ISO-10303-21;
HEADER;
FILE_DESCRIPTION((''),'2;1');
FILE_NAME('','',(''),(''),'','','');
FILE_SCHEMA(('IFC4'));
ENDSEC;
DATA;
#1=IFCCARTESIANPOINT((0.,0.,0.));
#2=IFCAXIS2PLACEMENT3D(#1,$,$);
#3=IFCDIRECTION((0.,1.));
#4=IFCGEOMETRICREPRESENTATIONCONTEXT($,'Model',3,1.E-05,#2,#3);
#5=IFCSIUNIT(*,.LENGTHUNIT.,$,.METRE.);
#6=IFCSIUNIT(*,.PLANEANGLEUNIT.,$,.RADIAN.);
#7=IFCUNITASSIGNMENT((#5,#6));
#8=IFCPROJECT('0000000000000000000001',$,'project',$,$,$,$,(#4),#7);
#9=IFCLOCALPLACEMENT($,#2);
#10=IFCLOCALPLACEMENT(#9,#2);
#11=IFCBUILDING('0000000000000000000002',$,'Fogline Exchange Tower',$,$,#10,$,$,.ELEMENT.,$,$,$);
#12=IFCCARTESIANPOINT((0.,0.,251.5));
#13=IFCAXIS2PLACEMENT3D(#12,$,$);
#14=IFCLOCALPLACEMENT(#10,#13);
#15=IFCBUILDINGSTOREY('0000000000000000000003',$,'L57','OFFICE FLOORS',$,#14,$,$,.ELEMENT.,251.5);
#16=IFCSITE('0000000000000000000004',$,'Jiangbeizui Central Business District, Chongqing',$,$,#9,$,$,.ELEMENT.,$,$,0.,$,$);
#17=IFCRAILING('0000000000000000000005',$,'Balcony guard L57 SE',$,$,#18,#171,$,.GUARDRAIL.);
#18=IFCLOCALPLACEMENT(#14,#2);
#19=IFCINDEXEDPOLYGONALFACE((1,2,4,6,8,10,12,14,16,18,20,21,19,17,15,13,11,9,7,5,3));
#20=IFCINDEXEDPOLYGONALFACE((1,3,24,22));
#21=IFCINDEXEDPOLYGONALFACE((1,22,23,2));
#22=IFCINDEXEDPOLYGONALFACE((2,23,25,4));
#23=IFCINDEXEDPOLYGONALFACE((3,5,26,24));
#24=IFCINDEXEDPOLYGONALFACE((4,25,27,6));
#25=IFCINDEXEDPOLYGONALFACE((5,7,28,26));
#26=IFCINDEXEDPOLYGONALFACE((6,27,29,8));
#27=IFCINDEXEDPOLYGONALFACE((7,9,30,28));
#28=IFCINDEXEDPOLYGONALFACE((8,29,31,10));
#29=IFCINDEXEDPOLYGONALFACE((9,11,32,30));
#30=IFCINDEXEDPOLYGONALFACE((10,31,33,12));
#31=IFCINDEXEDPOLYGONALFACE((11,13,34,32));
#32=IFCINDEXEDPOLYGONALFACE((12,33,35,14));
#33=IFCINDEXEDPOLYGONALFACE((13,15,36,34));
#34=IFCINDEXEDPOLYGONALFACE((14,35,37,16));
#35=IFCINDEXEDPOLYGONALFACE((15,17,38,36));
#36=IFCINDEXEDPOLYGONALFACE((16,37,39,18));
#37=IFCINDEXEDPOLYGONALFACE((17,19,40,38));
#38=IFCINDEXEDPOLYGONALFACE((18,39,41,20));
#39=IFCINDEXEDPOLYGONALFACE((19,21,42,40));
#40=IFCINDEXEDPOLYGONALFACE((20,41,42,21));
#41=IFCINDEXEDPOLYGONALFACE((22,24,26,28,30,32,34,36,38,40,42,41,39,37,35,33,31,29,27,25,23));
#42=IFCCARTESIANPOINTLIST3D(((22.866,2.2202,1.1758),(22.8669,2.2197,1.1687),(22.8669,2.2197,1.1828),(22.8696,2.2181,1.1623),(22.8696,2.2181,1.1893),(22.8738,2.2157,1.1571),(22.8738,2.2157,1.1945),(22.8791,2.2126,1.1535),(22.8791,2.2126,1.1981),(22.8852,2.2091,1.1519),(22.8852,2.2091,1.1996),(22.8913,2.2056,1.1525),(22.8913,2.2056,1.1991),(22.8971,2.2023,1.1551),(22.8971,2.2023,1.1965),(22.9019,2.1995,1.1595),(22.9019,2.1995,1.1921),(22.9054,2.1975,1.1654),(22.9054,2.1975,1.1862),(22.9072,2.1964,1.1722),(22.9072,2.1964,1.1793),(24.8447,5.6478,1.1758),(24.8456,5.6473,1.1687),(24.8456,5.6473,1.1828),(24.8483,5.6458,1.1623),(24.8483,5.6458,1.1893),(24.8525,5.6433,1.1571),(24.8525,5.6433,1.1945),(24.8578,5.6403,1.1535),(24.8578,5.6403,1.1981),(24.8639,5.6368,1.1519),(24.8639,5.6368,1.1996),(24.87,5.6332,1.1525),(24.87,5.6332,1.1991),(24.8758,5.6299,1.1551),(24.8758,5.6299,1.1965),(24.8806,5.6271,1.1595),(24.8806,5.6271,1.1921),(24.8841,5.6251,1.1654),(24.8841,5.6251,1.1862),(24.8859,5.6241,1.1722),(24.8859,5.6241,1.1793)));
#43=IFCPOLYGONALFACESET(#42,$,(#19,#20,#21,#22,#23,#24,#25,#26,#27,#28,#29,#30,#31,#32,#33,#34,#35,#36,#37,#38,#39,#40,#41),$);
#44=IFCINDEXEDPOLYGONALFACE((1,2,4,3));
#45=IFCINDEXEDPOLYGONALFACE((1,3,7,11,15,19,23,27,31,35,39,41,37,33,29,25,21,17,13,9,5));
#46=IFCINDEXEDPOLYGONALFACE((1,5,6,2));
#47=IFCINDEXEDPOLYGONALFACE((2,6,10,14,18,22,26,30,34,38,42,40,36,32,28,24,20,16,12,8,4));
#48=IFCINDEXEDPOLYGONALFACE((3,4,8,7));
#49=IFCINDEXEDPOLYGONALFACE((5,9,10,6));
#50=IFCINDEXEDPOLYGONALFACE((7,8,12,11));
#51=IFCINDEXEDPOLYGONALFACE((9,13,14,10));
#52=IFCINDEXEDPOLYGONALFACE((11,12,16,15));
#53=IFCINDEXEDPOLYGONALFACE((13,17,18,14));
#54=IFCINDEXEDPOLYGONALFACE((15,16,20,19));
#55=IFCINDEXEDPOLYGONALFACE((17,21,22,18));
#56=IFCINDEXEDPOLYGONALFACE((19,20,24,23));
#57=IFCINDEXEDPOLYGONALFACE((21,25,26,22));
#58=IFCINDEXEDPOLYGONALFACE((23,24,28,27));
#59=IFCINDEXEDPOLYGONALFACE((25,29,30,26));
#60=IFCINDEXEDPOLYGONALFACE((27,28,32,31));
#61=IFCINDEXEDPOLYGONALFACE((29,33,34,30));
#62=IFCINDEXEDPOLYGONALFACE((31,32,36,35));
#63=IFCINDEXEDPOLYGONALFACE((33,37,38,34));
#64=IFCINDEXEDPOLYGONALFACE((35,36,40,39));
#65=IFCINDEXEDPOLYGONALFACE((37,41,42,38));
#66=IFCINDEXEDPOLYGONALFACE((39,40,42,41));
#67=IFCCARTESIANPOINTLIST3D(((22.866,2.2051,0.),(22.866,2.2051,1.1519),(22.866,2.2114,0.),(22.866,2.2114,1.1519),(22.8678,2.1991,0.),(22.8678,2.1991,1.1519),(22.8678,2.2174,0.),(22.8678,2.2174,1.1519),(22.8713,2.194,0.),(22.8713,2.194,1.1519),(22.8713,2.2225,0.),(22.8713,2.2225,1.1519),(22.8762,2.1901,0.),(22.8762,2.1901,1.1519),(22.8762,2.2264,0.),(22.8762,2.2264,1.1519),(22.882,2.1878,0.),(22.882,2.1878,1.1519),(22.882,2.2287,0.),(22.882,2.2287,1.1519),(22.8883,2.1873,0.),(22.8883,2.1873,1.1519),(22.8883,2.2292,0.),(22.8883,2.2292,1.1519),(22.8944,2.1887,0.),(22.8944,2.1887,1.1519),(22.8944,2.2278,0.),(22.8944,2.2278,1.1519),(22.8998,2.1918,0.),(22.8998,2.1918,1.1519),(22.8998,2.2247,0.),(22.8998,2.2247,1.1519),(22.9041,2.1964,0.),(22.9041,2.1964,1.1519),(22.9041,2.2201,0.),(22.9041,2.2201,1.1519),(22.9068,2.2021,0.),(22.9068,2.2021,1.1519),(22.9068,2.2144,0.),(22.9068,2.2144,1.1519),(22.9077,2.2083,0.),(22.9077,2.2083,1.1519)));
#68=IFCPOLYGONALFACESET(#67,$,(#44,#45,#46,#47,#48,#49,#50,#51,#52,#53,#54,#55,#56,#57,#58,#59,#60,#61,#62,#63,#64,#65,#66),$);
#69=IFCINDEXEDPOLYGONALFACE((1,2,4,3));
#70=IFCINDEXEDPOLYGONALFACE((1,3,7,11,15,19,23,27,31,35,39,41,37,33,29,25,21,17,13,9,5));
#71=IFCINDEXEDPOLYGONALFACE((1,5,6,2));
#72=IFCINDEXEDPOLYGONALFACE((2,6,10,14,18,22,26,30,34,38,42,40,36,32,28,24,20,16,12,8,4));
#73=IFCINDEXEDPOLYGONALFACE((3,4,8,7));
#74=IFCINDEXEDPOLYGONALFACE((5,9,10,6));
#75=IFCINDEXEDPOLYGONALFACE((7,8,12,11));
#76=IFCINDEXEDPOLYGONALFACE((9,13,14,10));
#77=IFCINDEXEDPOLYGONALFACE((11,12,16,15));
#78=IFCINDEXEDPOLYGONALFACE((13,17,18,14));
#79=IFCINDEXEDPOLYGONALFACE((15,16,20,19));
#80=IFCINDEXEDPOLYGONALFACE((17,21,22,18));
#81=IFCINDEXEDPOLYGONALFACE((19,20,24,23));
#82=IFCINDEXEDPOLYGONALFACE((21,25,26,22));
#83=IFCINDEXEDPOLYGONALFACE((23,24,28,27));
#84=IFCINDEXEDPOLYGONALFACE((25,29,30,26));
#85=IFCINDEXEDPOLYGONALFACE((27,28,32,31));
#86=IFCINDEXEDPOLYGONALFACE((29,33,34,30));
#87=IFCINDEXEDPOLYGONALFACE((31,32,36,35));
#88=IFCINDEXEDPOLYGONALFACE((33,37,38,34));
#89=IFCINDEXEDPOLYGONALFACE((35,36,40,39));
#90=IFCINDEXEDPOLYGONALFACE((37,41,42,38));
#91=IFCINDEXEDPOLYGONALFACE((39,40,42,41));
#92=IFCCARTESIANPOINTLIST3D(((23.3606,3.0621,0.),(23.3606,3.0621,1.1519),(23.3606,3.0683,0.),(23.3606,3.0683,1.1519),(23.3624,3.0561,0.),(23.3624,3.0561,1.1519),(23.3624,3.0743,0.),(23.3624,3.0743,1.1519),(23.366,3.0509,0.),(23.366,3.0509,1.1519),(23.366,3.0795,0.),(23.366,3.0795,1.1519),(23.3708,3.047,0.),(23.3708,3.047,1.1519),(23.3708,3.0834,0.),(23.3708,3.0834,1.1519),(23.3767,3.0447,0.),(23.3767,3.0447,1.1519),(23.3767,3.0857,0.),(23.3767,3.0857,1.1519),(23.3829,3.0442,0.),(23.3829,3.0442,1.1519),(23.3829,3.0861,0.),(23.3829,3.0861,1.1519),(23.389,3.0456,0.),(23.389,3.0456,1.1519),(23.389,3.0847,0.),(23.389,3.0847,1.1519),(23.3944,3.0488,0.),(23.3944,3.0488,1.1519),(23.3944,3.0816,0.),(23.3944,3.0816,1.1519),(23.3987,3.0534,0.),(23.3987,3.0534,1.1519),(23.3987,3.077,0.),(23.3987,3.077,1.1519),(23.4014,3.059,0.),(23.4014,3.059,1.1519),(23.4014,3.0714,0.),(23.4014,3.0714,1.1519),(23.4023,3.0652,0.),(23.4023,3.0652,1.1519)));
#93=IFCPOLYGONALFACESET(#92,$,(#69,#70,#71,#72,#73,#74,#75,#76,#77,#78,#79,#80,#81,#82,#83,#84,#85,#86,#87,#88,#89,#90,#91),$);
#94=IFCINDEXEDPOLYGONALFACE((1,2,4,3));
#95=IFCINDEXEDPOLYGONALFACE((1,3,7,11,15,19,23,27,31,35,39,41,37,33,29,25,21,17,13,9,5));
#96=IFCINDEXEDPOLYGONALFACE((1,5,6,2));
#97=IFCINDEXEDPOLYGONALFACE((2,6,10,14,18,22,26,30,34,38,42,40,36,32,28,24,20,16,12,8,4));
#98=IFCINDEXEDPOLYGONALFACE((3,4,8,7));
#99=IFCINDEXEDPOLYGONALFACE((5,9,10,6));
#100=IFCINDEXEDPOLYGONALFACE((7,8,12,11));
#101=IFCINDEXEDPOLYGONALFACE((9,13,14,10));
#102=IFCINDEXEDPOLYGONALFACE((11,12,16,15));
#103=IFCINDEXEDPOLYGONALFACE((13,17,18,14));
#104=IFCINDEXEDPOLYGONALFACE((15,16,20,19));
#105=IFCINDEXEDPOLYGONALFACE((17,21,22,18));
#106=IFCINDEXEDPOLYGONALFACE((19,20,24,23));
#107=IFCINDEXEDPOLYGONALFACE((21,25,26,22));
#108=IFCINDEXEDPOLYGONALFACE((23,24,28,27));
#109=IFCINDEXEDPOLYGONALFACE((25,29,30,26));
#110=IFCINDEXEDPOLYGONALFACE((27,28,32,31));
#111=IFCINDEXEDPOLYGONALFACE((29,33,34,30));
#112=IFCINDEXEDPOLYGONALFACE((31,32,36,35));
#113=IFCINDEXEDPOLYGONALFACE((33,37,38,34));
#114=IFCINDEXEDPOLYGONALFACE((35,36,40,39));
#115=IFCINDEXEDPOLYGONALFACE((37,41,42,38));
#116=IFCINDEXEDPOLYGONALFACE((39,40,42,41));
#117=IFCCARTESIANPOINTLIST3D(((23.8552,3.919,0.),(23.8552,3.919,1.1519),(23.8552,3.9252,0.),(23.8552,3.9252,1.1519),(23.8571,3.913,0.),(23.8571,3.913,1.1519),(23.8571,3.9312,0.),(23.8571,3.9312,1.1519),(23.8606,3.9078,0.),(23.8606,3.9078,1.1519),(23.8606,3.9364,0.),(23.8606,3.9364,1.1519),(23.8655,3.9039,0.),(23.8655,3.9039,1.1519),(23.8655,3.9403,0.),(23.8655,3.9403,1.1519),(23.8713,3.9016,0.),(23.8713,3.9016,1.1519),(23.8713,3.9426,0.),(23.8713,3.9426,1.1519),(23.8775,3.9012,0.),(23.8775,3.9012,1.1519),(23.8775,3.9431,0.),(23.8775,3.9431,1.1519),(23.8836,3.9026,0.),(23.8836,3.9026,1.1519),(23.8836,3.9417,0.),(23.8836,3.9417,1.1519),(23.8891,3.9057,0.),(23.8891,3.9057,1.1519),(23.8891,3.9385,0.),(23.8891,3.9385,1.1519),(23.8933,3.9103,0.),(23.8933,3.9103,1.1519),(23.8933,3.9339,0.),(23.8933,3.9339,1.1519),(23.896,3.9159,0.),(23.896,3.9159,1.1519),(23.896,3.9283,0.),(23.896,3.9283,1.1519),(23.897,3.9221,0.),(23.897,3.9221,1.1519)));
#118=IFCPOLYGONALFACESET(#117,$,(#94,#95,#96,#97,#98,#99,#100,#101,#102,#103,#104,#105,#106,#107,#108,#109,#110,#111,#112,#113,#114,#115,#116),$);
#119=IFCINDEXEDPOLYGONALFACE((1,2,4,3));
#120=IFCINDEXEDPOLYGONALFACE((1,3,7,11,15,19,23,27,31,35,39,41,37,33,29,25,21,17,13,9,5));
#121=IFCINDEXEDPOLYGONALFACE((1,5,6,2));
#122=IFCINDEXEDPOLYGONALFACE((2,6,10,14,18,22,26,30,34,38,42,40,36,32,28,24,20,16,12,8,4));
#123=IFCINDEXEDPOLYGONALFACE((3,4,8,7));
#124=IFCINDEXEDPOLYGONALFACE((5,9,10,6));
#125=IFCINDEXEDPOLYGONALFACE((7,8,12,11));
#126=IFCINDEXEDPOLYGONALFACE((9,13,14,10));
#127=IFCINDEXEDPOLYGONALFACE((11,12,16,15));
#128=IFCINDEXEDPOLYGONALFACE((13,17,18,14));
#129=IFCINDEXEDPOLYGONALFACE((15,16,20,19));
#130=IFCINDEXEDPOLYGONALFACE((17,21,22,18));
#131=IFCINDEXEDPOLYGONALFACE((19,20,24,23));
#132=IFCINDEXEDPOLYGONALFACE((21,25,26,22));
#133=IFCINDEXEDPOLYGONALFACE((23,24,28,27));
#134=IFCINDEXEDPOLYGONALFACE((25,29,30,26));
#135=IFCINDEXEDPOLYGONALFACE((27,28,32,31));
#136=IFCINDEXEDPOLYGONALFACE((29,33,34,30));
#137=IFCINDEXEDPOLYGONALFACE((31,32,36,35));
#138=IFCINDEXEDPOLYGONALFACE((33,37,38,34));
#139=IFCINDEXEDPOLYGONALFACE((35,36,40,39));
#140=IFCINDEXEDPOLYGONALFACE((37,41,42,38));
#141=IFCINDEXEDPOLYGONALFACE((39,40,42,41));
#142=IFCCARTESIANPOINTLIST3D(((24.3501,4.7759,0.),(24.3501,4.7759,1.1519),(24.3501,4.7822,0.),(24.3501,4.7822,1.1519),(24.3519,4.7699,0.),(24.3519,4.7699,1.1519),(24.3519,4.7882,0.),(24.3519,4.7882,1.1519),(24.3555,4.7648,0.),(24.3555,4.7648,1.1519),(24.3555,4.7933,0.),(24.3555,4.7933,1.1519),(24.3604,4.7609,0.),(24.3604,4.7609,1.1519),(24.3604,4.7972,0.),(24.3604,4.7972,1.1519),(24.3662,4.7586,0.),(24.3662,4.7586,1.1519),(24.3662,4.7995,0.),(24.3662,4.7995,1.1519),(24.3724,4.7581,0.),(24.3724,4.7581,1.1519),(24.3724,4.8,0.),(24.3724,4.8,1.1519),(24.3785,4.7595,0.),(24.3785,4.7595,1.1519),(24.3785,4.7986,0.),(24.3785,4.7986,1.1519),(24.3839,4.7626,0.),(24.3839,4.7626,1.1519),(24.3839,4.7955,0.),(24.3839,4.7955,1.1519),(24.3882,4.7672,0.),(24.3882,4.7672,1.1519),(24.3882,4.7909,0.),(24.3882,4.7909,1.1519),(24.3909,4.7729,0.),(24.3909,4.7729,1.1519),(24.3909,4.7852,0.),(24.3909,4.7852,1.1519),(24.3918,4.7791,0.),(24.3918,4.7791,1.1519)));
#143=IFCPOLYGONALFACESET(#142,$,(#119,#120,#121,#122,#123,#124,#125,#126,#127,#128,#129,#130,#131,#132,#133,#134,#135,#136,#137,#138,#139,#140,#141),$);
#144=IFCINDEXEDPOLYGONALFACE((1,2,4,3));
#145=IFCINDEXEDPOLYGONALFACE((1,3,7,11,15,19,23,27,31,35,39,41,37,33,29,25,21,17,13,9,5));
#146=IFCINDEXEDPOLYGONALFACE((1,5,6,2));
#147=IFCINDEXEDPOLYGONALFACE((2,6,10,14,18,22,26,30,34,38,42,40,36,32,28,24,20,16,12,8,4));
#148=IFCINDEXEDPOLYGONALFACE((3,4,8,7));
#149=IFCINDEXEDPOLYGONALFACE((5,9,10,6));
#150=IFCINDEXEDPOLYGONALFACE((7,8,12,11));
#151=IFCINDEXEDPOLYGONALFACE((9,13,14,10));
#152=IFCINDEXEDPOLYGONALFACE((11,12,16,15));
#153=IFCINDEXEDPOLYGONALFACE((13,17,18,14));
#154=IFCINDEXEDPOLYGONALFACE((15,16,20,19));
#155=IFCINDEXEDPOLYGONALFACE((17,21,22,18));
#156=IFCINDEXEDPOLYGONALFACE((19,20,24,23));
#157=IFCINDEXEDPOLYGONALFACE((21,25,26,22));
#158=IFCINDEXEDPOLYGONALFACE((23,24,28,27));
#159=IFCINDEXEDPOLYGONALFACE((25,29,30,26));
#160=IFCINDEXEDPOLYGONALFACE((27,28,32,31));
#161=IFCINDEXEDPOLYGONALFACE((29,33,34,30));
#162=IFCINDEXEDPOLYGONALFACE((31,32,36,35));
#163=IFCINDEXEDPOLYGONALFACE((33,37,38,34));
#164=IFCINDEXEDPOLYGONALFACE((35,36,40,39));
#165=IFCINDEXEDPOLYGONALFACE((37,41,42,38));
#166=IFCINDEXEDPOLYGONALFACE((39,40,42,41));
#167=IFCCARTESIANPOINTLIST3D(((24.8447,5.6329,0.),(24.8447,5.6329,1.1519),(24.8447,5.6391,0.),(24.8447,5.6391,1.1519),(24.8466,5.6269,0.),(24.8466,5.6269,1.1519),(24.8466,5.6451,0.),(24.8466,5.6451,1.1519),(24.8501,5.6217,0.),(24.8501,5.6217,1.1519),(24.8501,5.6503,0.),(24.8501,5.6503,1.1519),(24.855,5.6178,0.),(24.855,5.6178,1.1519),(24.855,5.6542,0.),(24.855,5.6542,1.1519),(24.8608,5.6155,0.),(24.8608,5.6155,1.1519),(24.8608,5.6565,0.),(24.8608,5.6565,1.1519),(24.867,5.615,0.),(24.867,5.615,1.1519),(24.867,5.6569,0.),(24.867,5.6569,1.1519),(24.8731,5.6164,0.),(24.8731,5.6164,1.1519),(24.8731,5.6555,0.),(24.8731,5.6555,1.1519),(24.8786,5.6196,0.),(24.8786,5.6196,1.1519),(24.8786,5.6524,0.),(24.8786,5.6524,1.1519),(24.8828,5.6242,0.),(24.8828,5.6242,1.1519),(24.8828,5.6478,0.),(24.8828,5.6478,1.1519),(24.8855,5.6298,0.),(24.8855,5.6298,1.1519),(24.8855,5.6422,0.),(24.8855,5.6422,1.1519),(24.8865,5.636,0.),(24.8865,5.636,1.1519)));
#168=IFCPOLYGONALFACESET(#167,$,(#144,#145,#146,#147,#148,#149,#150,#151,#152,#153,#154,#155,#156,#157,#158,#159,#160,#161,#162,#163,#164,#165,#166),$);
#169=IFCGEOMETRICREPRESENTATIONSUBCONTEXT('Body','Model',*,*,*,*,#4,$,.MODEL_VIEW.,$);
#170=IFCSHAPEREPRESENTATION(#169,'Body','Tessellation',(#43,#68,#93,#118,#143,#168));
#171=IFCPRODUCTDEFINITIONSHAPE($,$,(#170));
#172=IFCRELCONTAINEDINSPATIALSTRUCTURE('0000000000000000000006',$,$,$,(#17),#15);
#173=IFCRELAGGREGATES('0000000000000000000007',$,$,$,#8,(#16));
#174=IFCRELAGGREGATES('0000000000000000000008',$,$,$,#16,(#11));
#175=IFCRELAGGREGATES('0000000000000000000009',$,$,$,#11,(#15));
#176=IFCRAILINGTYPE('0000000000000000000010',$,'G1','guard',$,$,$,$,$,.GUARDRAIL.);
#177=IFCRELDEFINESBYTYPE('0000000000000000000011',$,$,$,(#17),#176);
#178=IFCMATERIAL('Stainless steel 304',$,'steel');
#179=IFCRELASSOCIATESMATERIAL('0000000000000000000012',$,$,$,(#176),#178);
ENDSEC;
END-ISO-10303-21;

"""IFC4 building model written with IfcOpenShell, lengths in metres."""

from ifc_helpers import new_model, si_unit, direction, frame, origin, origin_2d, place, context, subcontext, project, spatial, circle, extrude, material, type_object, element, save


model = new_model("IFC4")

# Units and contexts
model_context = context("Model", 3, precision=1e-05, world=origin(), true_north=direction((0.0, 1.0)))
body_context = subcontext(model_context, "Body", "Model", "MODEL_VIEW")
ifc_project = project(units=[si_unit("LENGTHUNIT", "METRE"), si_unit("PLANEANGLEUNIT", "RADIAN")], contexts=[model_context])

# Site, building, storey
site_placement = place(None, origin())
site = spatial("IfcSite", under=ifc_project, at=site_placement, Name="Jiangbeizui Central Business District, Chongqing", CompositionType="ELEMENT", RefElevation=0.0)
building_placement = place(site_placement, origin())
building = spatial("IfcBuilding", under=site, at=building_placement, Name="Fogline Exchange Tower", CompositionType="ELEMENT")
storey_placement = place(building_placement, frame((0.0, 0.0, 251.5)))
storey = spatial("IfcBuildingStorey", under=building, at=storey_placement, Name="L57", Description="OFFICE FLOORS", CompositionType="ELEMENT", Elevation=251.5)

# Railing
ifc_material_1 = material(Name="Stainless steel 304", Category="steel")
railing_type = type_object("IfcRailingType", Name="G1", Description="guard", PredefinedType="GUARDRAIL", material=ifc_material_1)
railing_placement = place(storey_placement, frame((22.8867, 2.2083, 0.0)))
element("IfcRailing", 1, at=railing_placement, inside=storey, type_object=railing_type, Name="Balcony guard L57 SE", PredefinedType="GUARDRAIL", context=body_context, shape_type="SweptSolid", body=[
    extrude(circle(Radius=0.0239, at=origin_2d()), frame((0.0, 0.0, 1.1758), z_axis=(0.499954, 0.866052, 0.0), x_axis=(-0.866052, 0.499954, 0.0)), (0.0, 0.0, 1.0), 3.9578),
    extrude(circle(Radius=0.021, at=origin_2d()), origin(), (0.0, 0.0, 1.0), 1.1519),
    extrude(circle(Radius=0.021, at=origin_2d()), frame((0.4946, 0.8569, 0.0)), (0.0, 0.0, 1.0), 1.1519),
    extrude(circle(Radius=0.021, at=origin_2d()), frame((0.9893, 1.7139, 0.0)), (0.0, 0.0, 1.0), 1.1519),
    extrude(circle(Radius=0.021, at=origin_2d()), frame((1.4841, 2.5708, 0.0)), (0.0, 0.0, 1.0), 1.1519),
    extrude(circle(Radius=0.021, at=origin_2d()), frame((1.9788, 3.4277, 0.0)), (0.0, 0.0, 1.0), 1.1519),
])

save(model, "model.ifc")
